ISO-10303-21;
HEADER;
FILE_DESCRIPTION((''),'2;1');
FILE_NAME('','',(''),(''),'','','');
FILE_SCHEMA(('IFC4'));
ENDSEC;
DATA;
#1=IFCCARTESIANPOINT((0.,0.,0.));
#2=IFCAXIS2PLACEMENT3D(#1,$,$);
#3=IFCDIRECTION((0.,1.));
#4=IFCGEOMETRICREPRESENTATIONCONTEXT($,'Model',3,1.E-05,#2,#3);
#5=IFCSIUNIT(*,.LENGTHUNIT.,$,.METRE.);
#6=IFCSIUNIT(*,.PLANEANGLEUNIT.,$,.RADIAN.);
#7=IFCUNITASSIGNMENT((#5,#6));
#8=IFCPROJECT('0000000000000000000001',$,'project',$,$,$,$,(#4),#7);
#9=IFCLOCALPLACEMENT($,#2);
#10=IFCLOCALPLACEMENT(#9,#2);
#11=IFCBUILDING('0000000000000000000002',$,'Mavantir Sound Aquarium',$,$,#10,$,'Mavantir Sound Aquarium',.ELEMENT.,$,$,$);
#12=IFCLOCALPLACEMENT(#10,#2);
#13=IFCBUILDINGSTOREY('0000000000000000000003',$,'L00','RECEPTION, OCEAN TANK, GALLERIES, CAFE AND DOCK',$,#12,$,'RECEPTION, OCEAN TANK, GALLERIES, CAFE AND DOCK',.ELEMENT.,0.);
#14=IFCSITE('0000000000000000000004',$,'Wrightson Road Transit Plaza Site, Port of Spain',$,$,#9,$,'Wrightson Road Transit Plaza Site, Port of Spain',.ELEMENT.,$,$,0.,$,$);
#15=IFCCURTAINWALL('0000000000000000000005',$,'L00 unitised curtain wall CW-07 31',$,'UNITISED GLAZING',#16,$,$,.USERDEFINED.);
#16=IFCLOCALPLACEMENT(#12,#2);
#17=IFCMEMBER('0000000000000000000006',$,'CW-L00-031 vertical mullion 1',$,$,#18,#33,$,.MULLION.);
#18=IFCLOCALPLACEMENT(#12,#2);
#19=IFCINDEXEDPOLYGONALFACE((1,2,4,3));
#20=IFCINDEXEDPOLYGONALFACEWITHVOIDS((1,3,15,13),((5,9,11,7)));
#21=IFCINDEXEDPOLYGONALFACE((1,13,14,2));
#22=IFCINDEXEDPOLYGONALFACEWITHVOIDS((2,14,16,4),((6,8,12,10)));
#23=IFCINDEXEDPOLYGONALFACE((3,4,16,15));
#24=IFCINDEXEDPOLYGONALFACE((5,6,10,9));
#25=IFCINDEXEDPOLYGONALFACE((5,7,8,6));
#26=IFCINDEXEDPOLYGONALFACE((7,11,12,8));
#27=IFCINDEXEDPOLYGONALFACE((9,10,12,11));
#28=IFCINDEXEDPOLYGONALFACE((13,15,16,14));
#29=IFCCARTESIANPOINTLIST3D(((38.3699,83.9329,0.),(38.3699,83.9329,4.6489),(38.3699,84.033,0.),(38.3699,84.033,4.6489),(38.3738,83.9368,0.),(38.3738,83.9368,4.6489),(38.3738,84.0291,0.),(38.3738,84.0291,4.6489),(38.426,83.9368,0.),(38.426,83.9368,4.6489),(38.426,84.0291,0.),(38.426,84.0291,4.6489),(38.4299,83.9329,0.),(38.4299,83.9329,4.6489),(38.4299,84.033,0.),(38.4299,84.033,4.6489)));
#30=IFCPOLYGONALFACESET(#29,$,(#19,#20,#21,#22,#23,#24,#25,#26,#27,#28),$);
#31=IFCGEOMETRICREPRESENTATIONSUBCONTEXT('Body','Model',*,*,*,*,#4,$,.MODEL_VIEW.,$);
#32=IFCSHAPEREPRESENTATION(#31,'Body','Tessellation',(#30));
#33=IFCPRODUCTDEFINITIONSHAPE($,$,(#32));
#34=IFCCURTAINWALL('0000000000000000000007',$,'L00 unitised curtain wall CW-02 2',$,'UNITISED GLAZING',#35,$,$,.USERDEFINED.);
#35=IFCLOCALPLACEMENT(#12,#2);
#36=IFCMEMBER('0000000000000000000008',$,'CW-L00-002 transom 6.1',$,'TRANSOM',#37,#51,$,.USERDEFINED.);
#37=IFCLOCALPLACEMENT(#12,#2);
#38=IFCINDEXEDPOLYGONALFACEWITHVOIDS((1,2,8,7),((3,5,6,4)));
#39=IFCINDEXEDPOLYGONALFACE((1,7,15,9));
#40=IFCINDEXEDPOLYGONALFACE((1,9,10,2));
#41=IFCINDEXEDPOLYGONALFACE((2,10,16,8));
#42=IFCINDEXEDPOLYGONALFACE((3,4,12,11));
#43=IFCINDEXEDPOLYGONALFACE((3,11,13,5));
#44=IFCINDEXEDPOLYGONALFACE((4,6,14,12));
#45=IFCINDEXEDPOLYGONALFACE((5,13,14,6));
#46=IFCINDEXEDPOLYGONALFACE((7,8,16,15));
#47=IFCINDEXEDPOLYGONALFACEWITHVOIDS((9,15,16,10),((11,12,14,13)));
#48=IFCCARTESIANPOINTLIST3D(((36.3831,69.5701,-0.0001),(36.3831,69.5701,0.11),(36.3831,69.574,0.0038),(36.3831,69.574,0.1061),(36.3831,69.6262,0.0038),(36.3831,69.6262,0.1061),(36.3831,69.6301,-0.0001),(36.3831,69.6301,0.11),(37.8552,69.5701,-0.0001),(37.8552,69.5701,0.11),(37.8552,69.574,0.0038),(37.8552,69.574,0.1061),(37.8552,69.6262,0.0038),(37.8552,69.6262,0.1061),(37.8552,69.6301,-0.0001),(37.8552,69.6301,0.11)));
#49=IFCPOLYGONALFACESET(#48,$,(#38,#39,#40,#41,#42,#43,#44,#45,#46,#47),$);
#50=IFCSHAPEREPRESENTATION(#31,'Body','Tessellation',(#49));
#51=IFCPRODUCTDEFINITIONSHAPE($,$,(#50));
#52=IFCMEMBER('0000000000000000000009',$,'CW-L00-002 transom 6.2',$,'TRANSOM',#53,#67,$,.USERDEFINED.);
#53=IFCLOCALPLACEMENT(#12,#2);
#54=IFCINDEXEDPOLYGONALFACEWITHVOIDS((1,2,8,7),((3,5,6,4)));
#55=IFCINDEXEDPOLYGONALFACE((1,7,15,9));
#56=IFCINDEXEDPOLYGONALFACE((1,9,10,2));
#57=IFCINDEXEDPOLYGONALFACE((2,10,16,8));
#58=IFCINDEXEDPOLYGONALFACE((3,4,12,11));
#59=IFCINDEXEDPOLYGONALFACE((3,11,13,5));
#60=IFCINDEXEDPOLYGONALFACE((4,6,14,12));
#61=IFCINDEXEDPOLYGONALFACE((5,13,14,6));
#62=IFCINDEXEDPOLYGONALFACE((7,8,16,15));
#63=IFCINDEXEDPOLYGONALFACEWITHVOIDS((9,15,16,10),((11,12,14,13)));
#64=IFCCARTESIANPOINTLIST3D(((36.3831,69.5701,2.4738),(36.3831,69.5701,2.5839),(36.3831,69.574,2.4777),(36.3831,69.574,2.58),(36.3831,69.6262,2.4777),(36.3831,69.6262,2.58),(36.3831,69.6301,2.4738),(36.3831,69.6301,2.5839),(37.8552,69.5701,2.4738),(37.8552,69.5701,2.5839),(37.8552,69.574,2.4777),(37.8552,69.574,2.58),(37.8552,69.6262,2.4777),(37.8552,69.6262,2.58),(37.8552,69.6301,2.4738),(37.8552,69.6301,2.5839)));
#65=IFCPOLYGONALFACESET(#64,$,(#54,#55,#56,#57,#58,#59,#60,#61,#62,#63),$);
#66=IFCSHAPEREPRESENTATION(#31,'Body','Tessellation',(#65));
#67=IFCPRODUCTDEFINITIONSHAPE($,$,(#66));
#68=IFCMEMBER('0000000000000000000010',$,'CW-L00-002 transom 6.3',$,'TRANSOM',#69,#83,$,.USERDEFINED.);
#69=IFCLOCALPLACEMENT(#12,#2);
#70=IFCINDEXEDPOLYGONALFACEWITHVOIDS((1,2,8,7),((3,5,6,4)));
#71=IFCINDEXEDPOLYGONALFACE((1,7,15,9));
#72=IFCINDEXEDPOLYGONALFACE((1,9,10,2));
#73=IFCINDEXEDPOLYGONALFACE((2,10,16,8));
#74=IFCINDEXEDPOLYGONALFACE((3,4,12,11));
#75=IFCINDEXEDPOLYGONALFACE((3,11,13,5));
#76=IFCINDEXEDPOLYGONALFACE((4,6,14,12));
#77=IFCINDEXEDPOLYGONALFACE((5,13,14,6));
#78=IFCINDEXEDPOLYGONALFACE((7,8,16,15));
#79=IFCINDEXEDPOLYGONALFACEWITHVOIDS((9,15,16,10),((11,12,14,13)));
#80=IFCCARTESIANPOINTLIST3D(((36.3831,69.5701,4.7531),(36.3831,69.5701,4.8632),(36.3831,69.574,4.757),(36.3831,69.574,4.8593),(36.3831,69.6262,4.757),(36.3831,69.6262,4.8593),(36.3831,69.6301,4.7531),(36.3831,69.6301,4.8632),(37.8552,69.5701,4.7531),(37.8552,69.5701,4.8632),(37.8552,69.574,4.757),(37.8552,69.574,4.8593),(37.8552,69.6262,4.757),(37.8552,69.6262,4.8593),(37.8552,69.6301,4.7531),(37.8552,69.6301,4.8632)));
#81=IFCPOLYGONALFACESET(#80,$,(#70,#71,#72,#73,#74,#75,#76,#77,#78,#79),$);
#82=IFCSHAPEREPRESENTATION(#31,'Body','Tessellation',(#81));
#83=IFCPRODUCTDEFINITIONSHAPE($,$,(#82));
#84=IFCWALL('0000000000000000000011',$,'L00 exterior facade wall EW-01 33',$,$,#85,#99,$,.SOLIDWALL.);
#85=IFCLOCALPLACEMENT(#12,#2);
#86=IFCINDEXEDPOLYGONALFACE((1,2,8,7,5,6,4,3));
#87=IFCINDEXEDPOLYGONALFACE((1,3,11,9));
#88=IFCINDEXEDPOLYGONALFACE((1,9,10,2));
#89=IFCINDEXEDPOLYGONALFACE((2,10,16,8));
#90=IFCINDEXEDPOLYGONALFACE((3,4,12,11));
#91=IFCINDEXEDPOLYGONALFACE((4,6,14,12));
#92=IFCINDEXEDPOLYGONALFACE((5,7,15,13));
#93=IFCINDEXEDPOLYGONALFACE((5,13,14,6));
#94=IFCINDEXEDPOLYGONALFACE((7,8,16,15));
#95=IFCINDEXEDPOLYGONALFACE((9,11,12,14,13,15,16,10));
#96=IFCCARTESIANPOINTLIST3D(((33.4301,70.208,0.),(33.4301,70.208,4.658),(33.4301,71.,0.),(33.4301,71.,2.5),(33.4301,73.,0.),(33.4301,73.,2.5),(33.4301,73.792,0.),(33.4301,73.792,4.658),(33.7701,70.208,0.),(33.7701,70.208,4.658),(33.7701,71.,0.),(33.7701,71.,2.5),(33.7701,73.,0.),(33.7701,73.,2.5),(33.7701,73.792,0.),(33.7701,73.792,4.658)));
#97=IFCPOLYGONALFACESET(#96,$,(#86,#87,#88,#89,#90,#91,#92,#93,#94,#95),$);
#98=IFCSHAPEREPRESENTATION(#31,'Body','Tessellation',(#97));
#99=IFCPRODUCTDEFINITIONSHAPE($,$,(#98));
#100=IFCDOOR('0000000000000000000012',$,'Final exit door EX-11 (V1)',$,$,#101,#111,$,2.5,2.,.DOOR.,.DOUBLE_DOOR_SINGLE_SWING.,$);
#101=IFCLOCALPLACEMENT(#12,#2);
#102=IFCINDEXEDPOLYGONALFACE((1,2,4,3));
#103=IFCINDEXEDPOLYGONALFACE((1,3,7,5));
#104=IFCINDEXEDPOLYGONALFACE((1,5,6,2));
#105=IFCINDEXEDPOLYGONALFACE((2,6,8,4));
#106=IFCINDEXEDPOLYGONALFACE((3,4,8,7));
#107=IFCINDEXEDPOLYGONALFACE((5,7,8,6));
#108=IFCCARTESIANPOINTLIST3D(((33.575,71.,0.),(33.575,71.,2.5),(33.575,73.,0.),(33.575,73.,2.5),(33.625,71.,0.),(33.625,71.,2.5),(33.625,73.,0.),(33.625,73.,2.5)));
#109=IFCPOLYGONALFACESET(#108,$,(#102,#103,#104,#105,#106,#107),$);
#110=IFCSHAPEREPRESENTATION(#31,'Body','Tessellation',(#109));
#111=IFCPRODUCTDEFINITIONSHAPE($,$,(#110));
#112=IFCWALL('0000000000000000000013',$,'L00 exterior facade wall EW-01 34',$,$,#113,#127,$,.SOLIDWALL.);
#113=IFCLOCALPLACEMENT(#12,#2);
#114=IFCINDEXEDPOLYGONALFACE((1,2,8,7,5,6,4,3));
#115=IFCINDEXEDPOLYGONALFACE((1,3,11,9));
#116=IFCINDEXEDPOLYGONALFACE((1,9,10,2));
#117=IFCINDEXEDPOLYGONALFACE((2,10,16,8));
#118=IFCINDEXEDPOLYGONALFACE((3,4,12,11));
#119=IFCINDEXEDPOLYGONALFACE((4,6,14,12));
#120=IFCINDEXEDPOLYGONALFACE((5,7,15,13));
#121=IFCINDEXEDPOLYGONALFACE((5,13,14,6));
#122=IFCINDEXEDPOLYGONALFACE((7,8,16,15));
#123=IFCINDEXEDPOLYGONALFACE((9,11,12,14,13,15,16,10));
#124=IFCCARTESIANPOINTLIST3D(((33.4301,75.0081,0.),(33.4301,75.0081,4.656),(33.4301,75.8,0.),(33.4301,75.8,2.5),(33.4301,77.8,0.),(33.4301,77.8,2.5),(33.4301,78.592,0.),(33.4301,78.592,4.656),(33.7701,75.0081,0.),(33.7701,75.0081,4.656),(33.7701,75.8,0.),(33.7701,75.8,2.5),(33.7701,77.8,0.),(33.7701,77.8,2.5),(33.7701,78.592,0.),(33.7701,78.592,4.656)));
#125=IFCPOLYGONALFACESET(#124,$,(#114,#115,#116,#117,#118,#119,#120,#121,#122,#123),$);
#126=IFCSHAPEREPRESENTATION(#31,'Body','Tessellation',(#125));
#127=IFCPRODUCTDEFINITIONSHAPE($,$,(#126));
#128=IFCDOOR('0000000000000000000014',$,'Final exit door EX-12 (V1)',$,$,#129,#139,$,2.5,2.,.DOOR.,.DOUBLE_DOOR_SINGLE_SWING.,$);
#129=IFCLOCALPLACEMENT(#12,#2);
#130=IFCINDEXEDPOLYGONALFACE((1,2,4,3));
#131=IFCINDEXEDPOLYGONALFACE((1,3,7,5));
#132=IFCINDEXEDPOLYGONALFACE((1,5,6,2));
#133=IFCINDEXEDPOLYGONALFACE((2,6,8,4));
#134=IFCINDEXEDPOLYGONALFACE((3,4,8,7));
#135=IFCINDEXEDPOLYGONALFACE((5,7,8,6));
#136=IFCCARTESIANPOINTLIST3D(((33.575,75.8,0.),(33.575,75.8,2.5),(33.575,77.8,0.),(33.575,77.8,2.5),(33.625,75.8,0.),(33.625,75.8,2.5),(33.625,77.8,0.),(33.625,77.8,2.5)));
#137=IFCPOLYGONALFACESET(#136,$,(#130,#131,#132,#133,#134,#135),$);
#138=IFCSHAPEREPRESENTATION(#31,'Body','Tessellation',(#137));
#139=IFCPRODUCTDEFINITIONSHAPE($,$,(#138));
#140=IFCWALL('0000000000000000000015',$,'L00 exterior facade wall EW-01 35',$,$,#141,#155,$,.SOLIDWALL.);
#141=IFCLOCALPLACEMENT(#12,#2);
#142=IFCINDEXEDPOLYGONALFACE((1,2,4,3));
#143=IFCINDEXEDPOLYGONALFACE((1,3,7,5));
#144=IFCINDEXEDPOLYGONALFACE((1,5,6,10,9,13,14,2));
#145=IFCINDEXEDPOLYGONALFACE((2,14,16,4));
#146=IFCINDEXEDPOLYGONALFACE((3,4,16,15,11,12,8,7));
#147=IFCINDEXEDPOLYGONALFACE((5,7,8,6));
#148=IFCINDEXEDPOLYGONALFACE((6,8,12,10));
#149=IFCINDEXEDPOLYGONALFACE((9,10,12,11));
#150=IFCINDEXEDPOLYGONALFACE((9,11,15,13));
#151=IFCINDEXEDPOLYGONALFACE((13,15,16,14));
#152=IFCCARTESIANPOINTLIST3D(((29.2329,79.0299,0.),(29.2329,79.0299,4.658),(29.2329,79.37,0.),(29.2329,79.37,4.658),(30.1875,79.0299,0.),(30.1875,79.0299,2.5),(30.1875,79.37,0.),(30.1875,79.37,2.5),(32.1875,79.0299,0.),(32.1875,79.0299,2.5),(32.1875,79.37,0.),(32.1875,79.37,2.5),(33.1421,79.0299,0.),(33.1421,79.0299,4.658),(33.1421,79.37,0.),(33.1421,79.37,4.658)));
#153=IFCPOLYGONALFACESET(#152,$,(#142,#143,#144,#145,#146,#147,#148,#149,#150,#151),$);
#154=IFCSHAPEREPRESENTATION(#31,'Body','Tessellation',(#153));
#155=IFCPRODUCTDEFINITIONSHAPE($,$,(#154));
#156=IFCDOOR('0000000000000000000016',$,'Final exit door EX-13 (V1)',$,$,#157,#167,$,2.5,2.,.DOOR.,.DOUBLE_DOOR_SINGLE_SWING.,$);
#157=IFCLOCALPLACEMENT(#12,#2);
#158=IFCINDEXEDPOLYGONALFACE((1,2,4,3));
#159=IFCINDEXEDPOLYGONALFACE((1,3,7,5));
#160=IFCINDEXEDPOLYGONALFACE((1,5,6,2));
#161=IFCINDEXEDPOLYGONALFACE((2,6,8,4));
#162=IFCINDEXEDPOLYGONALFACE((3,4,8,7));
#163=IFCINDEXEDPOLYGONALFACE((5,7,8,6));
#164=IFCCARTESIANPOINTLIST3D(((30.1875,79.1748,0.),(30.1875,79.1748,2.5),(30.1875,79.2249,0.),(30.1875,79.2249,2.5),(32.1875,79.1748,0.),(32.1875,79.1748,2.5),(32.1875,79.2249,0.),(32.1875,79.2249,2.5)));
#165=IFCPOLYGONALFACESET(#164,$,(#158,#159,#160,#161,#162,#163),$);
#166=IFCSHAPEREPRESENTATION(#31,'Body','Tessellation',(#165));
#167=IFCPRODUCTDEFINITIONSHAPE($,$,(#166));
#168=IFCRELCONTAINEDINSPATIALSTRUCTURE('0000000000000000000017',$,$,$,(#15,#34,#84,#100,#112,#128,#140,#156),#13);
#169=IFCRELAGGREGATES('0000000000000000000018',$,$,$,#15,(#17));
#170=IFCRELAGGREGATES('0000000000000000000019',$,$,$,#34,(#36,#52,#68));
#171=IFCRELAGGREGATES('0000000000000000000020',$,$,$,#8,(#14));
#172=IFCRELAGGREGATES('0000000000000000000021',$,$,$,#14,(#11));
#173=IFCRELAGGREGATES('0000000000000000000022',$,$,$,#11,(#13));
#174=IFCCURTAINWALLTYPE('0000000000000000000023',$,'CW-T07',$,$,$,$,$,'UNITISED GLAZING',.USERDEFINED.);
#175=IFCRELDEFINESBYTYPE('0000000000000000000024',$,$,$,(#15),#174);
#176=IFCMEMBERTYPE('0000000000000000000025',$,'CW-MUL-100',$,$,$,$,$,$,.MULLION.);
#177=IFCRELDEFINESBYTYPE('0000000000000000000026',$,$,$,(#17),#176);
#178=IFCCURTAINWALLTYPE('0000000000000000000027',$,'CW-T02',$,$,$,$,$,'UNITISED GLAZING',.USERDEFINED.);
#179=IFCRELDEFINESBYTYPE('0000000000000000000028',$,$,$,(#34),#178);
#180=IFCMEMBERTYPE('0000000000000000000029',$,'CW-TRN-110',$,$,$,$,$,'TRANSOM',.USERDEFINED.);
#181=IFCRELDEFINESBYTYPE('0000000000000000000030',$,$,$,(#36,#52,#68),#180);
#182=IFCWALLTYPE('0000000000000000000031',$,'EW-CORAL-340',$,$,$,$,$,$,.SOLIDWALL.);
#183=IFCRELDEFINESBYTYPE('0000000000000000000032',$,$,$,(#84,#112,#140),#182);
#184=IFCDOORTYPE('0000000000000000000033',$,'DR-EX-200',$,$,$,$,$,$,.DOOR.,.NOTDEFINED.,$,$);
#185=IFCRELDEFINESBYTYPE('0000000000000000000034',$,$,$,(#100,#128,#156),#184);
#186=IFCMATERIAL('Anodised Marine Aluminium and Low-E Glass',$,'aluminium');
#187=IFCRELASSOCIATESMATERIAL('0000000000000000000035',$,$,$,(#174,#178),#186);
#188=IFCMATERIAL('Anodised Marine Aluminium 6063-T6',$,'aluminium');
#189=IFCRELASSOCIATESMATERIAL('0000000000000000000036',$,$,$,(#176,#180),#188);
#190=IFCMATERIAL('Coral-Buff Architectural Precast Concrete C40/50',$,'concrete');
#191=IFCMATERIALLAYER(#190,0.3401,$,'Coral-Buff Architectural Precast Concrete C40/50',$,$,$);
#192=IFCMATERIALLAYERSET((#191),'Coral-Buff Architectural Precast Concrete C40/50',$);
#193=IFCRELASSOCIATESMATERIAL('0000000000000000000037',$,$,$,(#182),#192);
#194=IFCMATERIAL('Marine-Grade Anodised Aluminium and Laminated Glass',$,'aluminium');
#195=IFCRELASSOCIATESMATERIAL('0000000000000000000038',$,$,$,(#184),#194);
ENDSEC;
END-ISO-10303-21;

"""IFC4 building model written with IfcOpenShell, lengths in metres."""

from ifc_helpers import new_model, si_unit, direction, frame, frame_2d, origin, origin_2d, place, context, subcontext, project, spatial, rectangle, hollow_rectangle, extrude, material, layer, layer_set, material_profile, profile_set, type_object, element, fill, aggregate, save


model = new_model("IFC4")

# Units and contexts
model_context = context("Model", 3, precision=1e-05, world=origin(), true_north=direction((0.0, 1.0)))
body_context = subcontext(model_context, "Body", "Model", "MODEL_VIEW")
ifc_project = project(units=[si_unit("LENGTHUNIT", "METRE"), si_unit("PLANEANGLEUNIT", "RADIAN")], contexts=[model_context])

# Site, building, storey
site_placement = place(None, origin())
site = spatial("IfcSite", under=ifc_project, at=site_placement, Name="Wrightson Road Transit Plaza Site, Port of Spain", LongName="Wrightson Road Transit Plaza Site, Port of Spain", CompositionType="ELEMENT", RefElevation=0.0)
building_placement = place(site_placement, origin())
building = spatial("IfcBuilding", under=site, at=building_placement, Name="Mavantir Sound Aquarium", LongName="Mavantir Sound Aquarium", CompositionType="ELEMENT")
storey_placement = place(building_placement, origin())
storey = spatial("IfcBuildingStorey", under=building, at=storey_placement, Name="L00", Description="RECEPTION, OCEAN TANK, GALLERIES, CAFE AND DOCK", LongName="RECEPTION, OCEAN TANK, GALLERIES, CAFE AND DOCK", CompositionType="ELEMENT", Elevation=0.0)

# Curtain wall, member
ifc_material_1 = material(Name="Anodised Marine Aluminium and Low-E Glass", Category="aluminium")
curtain_wall_type_1 = type_object("IfcCurtainWallType", Name="CW-T07", ElementType="UNITISED GLAZING", PredefinedType="USERDEFINED", material=ifc_material_1)
curtain_wall_1_placement = place(storey_placement, origin())
curtain_wall_1 = element("IfcCurtainWall", 1, at=curtain_wall_1_placement, inside=storey, type_object=curtain_wall_type_1, Name="L00 unitised curtain wall CW-07 31", ObjectType="UNITISED GLAZING", PredefinedType="USERDEFINED")
ifc_material_2 = material(Name="Anodised Marine Aluminium 6063-T6", Category="aluminium")
ifc_material_profile_1 = material_profile(ifc_material_2, hollow_rectangle(XDim=0.0601, YDim=0.1001, WallThickness=0.0039, at=origin_2d()), Name="ALU-MULLION-100X60")
ifc_profile_set_1 = profile_set([ifc_material_profile_1], Name="Anodised Marine Aluminium 6063-T6")
member_type_1 = type_object("IfcMemberType", Name="CW-MUL-100", PredefinedType="MULLION", material=ifc_profile_set_1)
member_1_placement = place(storey_placement, frame((38.3999, 83.9829, 0.0), z_axis=(0.0, 0.0, 1.0), x_axis=(1.0, 0.0, 0.0)))
member_1 = element("IfcMember", 2, at=member_1_placement, type_object=member_type_1, Name="CW-L00-031 vertical mullion 1", PredefinedType="MULLION", context=body_context, shape_type="SweptSolid", body=[
    extrude(hollow_rectangle(XDim=0.0601, YDim=0.1001, WallThickness=0.0039, at=origin_2d()), origin(), (0.0, 0.0, 1.0), 4.6489),
])
aggregate(curtain_wall_1, [member_1])

# Curtain wall, members
curtain_wall_type_2 = type_object("IfcCurtainWallType", Name="CW-T02", ElementType="UNITISED GLAZING", PredefinedType="USERDEFINED", material=ifc_material_1)
curtain_wall_2_placement = place(storey_placement, origin())
curtain_wall_2 = element("IfcCurtainWall", 3, at=curtain_wall_2_placement, inside=storey, type_object=curtain_wall_type_2, Name="L00 unitised curtain wall CW-02 2", ObjectType="UNITISED GLAZING", PredefinedType="USERDEFINED")
ifc_material_profile_2 = material_profile(ifc_material_2, hollow_rectangle(XDim=0.0601, YDim=0.1101, WallThickness=0.0039, at=origin_2d()), Name="ALU-TRANSOM-110X60")
ifc_profile_set_2 = profile_set([ifc_material_profile_2], Name="Anodised Marine Aluminium 6063-T6")
member_type_2 = type_object("IfcMemberType", Name="CW-TRN-110", ElementType="TRANSOM", PredefinedType="USERDEFINED", material=ifc_profile_set_2)
member_2_placement = place(storey_placement, frame((37.8552, 69.6001, 0.0549), z_axis=(-1.0, 0.0, 0.0), x_axis=(0.0, -1.0, 0.0)))
member_2 = element("IfcMember", 4, at=member_2_placement, type_object=member_type_2, Name="CW-L00-002 transom 6.1", ObjectType="TRANSOM", PredefinedType="USERDEFINED", context=body_context, shape_type="SweptSolid", body=[
    extrude(hollow_rectangle(XDim=0.0601, YDim=0.1101, WallThickness=0.0039, at=origin_2d()), origin(), (0.0, 0.0, 1.0), 1.4722),
])
member_3_placement = place(storey_placement, frame((37.8552, 69.6001, 2.5288), z_axis=(-1.0, 0.0, 0.0), x_axis=(0.0, -1.0, 0.0)))
member_3 = element("IfcMember", 5, at=member_3_placement, type_object=member_type_2, Name="CW-L00-002 transom 6.2", ObjectType="TRANSOM", PredefinedType="USERDEFINED", context=body_context, shape_type="SweptSolid", body=[
    extrude(hollow_rectangle(XDim=0.0601, YDim=0.1101, WallThickness=0.0039, at=origin_2d()), origin(), (0.0, 0.0, 1.0), 1.4722),
])
member_4_placement = place(storey_placement, frame((37.8552, 69.6001, 4.8081), z_axis=(-1.0, 0.0, 0.0), x_axis=(0.0, -1.0, 0.0)))
member_4 = element("IfcMember", 6, at=member_4_placement, type_object=member_type_2, Name="CW-L00-002 transom 6.3", ObjectType="TRANSOM", PredefinedType="USERDEFINED", context=body_context, shape_type="SweptSolid", body=[
    extrude(hollow_rectangle(XDim=0.0601, YDim=0.1101, WallThickness=0.0039, at=origin_2d()), origin(), (0.0, 0.0, 1.0), 1.4722),
])
aggregate(curtain_wall_2, [member_2, member_3, member_4])

# Walls, openings, doors
ifc_material_3 = material(Name="Coral-Buff Architectural Precast Concrete C40/50", Category="concrete")
ifc_layer_1 = layer(ifc_material_3, 0.3401, Name="Coral-Buff Architectural Precast Concrete C40/50")
ifc_layer_set_1 = layer_set([ifc_layer_1], Name="Coral-Buff Architectural Precast Concrete C40/50")
wall_type_1 = type_object("IfcWallType", Name="EW-CORAL-340", PredefinedType="SOLIDWALL", material=ifc_layer_set_1)
wall_1_placement = place(storey_placement, frame((33.6001, 70.208, 0.0), z_axis=(0.0, 0.0, 1.0), x_axis=(0.0, 1.0, 0.0)))
wall_1 = element("IfcWall", 7, at=wall_1_placement, inside=storey, type_object=wall_type_1, Name="L00 exterior facade wall EW-01 33", PredefinedType="SOLIDWALL", context=body_context, shape_type="SweptSolid", body=[
    extrude(rectangle(XDim=3.584, YDim=0.3401, at=frame_2d((1.792, 0.0))), origin(), (0.0, 0.0, 1.0), 4.658),
])
opening_1_placement = place(wall_1_placement, frame((2.792, 0.0, 0.0), z_axis=(0.0, 0.0, 1.0), x_axis=(-1.0, 0.0, 0.0)))
opening_1 = element("IfcOpeningElement", 8, at=opening_1_placement, cuts=wall_1, PredefinedType="OPENING", context=body_context, shape_type="SweptSolid", body=[
    extrude(rectangle(XDim=2.0, YDim=2.5, at=frame_2d((1.0, 1.25))), frame((0.0, 0.1802, 0.0), z_axis=(0.0, -1.0, 0.0), x_axis=(1.0, 0.0, 0.0)), (0.0, 0.0, 1.0), 0.3601),
])
ifc_material_4 = material(Name="Marine-Grade Anodised Aluminium and Laminated Glass", Category="aluminium")
door_type = type_object("IfcDoorType", Name="DR-EX-200", OperationType="NOTDEFINED", PredefinedType="DOOR", material=ifc_material_4)
door_1_placement = place(opening_1_placement, origin())
door_1 = element("IfcDoor", 9, at=door_1_placement, inside=storey, type_object=door_type, Name="Final exit door EX-11 (V1)", OperationType="DOUBLE_DOOR_SINGLE_SWING", OverallHeight=2.5, OverallWidth=2.0, PredefinedType="DOOR", context=body_context, shape_type="SweptSolid", body=[
    extrude(rectangle(XDim=2.0, YDim=2.5, at=frame_2d((1.0, 1.25))), frame((0.0, 0.0249, 0.0), z_axis=(0.0, -1.0, 0.0), x_axis=(1.0, 0.0, 0.0)), (0.0, 0.0, 1.0), 0.05),
])
fill(opening_1, door_1)
wall_2_placement = place(storey_placement, frame((33.6001, 75.0081, 0.0), z_axis=(0.0, 0.0, 1.0), x_axis=(0.0, 1.0, 0.0)))
wall_2 = element("IfcWall", 10, at=wall_2_placement, inside=storey, type_object=wall_type_1, Name="L00 exterior facade wall EW-01 34", PredefinedType="SOLIDWALL", context=body_context, shape_type="SweptSolid", body=[
    extrude(rectangle(XDim=3.584, YDim=0.3401, at=frame_2d((1.792, 0.0))), origin(), (0.0, 0.0, 1.0), 4.656),
])
opening_2_placement = place(wall_2_placement, frame((2.792, 0.0, 0.0), z_axis=(0.0, 0.0, 1.0), x_axis=(-1.0, 0.0, 0.0)))
opening_2 = element("IfcOpeningElement", 11, at=opening_2_placement, cuts=wall_2, PredefinedType="OPENING", context=body_context, shape_type="SweptSolid", body=[
    extrude(rectangle(XDim=2.0, YDim=2.5, at=frame_2d((1.0, 1.25))), frame((0.0, 0.1802, 0.0), z_axis=(0.0, -1.0, 0.0), x_axis=(1.0, 0.0, 0.0)), (0.0, 0.0, 1.0), 0.3601),
])
door_2_placement = place(opening_2_placement, origin())
door_2 = element("IfcDoor", 12, at=door_2_placement, inside=storey, type_object=door_type, Name="Final exit door EX-12 (V1)", OperationType="DOUBLE_DOOR_SINGLE_SWING", OverallHeight=2.5, OverallWidth=2.0, PredefinedType="DOOR", context=body_context, shape_type="SweptSolid", body=[
    extrude(rectangle(XDim=2.0, YDim=2.5, at=frame_2d((1.0, 1.25))), frame((0.0, 0.0249, 0.0), z_axis=(0.0, -1.0, 0.0), x_axis=(1.0, 0.0, 0.0)), (0.0, 0.0, 1.0), 0.05),
])
fill(opening_2, door_2)
wall_3_placement = place(storey_placement, frame((33.1421, 79.2, 0.0), z_axis=(0.0, 0.0, 1.0), x_axis=(-1.0, 0.0, 0.0)))
wall_3 = element("IfcWall", 13, at=wall_3_placement, inside=storey, type_object=wall_type_1, Name="L00 exterior facade wall EW-01 35", PredefinedType="SOLIDWALL", context=body_context, shape_type="SweptSolid", body=[
    extrude(rectangle(XDim=3.9092, YDim=0.3401, at=frame_2d((1.9546, 0.0))), origin(), (0.0, 0.0, 1.0), 4.658),
])
opening_3_placement = place(wall_3_placement, frame((2.9546, 0.0, 0.0), z_axis=(0.0, 0.0, 1.0), x_axis=(-1.0, 0.0, 0.0)))
opening_3 = element("IfcOpeningElement", 14, at=opening_3_placement, cuts=wall_3, PredefinedType="OPENING", context=body_context, shape_type="SweptSolid", body=[
    extrude(rectangle(XDim=2.0, YDim=2.5, at=frame_2d((1.0, 1.25))), frame((0.0, 0.1802, 0.0), z_axis=(0.0, -1.0, 0.0), x_axis=(1.0, 0.0, 0.0)), (0.0, 0.0, 1.0), 0.3601),
])
door_3_placement = place(opening_3_placement, origin())
door_3 = element("IfcDoor", 15, at=door_3_placement, inside=storey, type_object=door_type, Name="Final exit door EX-13 (V1)", OperationType="DOUBLE_DOOR_SINGLE_SWING", OverallHeight=2.5, OverallWidth=2.0, PredefinedType="DOOR", context=body_context, shape_type="SweptSolid", body=[
    extrude(rectangle(XDim=2.0, YDim=2.5, at=frame_2d((1.0, 1.25))), frame((0.0, 0.0249, 0.0), z_axis=(0.0, -1.0, 0.0), x_axis=(1.0, 0.0, 0.0)), (0.0, 0.0, 1.0), 0.05),
])
fill(opening_3, door_3)

save(model, "model.ifc")
